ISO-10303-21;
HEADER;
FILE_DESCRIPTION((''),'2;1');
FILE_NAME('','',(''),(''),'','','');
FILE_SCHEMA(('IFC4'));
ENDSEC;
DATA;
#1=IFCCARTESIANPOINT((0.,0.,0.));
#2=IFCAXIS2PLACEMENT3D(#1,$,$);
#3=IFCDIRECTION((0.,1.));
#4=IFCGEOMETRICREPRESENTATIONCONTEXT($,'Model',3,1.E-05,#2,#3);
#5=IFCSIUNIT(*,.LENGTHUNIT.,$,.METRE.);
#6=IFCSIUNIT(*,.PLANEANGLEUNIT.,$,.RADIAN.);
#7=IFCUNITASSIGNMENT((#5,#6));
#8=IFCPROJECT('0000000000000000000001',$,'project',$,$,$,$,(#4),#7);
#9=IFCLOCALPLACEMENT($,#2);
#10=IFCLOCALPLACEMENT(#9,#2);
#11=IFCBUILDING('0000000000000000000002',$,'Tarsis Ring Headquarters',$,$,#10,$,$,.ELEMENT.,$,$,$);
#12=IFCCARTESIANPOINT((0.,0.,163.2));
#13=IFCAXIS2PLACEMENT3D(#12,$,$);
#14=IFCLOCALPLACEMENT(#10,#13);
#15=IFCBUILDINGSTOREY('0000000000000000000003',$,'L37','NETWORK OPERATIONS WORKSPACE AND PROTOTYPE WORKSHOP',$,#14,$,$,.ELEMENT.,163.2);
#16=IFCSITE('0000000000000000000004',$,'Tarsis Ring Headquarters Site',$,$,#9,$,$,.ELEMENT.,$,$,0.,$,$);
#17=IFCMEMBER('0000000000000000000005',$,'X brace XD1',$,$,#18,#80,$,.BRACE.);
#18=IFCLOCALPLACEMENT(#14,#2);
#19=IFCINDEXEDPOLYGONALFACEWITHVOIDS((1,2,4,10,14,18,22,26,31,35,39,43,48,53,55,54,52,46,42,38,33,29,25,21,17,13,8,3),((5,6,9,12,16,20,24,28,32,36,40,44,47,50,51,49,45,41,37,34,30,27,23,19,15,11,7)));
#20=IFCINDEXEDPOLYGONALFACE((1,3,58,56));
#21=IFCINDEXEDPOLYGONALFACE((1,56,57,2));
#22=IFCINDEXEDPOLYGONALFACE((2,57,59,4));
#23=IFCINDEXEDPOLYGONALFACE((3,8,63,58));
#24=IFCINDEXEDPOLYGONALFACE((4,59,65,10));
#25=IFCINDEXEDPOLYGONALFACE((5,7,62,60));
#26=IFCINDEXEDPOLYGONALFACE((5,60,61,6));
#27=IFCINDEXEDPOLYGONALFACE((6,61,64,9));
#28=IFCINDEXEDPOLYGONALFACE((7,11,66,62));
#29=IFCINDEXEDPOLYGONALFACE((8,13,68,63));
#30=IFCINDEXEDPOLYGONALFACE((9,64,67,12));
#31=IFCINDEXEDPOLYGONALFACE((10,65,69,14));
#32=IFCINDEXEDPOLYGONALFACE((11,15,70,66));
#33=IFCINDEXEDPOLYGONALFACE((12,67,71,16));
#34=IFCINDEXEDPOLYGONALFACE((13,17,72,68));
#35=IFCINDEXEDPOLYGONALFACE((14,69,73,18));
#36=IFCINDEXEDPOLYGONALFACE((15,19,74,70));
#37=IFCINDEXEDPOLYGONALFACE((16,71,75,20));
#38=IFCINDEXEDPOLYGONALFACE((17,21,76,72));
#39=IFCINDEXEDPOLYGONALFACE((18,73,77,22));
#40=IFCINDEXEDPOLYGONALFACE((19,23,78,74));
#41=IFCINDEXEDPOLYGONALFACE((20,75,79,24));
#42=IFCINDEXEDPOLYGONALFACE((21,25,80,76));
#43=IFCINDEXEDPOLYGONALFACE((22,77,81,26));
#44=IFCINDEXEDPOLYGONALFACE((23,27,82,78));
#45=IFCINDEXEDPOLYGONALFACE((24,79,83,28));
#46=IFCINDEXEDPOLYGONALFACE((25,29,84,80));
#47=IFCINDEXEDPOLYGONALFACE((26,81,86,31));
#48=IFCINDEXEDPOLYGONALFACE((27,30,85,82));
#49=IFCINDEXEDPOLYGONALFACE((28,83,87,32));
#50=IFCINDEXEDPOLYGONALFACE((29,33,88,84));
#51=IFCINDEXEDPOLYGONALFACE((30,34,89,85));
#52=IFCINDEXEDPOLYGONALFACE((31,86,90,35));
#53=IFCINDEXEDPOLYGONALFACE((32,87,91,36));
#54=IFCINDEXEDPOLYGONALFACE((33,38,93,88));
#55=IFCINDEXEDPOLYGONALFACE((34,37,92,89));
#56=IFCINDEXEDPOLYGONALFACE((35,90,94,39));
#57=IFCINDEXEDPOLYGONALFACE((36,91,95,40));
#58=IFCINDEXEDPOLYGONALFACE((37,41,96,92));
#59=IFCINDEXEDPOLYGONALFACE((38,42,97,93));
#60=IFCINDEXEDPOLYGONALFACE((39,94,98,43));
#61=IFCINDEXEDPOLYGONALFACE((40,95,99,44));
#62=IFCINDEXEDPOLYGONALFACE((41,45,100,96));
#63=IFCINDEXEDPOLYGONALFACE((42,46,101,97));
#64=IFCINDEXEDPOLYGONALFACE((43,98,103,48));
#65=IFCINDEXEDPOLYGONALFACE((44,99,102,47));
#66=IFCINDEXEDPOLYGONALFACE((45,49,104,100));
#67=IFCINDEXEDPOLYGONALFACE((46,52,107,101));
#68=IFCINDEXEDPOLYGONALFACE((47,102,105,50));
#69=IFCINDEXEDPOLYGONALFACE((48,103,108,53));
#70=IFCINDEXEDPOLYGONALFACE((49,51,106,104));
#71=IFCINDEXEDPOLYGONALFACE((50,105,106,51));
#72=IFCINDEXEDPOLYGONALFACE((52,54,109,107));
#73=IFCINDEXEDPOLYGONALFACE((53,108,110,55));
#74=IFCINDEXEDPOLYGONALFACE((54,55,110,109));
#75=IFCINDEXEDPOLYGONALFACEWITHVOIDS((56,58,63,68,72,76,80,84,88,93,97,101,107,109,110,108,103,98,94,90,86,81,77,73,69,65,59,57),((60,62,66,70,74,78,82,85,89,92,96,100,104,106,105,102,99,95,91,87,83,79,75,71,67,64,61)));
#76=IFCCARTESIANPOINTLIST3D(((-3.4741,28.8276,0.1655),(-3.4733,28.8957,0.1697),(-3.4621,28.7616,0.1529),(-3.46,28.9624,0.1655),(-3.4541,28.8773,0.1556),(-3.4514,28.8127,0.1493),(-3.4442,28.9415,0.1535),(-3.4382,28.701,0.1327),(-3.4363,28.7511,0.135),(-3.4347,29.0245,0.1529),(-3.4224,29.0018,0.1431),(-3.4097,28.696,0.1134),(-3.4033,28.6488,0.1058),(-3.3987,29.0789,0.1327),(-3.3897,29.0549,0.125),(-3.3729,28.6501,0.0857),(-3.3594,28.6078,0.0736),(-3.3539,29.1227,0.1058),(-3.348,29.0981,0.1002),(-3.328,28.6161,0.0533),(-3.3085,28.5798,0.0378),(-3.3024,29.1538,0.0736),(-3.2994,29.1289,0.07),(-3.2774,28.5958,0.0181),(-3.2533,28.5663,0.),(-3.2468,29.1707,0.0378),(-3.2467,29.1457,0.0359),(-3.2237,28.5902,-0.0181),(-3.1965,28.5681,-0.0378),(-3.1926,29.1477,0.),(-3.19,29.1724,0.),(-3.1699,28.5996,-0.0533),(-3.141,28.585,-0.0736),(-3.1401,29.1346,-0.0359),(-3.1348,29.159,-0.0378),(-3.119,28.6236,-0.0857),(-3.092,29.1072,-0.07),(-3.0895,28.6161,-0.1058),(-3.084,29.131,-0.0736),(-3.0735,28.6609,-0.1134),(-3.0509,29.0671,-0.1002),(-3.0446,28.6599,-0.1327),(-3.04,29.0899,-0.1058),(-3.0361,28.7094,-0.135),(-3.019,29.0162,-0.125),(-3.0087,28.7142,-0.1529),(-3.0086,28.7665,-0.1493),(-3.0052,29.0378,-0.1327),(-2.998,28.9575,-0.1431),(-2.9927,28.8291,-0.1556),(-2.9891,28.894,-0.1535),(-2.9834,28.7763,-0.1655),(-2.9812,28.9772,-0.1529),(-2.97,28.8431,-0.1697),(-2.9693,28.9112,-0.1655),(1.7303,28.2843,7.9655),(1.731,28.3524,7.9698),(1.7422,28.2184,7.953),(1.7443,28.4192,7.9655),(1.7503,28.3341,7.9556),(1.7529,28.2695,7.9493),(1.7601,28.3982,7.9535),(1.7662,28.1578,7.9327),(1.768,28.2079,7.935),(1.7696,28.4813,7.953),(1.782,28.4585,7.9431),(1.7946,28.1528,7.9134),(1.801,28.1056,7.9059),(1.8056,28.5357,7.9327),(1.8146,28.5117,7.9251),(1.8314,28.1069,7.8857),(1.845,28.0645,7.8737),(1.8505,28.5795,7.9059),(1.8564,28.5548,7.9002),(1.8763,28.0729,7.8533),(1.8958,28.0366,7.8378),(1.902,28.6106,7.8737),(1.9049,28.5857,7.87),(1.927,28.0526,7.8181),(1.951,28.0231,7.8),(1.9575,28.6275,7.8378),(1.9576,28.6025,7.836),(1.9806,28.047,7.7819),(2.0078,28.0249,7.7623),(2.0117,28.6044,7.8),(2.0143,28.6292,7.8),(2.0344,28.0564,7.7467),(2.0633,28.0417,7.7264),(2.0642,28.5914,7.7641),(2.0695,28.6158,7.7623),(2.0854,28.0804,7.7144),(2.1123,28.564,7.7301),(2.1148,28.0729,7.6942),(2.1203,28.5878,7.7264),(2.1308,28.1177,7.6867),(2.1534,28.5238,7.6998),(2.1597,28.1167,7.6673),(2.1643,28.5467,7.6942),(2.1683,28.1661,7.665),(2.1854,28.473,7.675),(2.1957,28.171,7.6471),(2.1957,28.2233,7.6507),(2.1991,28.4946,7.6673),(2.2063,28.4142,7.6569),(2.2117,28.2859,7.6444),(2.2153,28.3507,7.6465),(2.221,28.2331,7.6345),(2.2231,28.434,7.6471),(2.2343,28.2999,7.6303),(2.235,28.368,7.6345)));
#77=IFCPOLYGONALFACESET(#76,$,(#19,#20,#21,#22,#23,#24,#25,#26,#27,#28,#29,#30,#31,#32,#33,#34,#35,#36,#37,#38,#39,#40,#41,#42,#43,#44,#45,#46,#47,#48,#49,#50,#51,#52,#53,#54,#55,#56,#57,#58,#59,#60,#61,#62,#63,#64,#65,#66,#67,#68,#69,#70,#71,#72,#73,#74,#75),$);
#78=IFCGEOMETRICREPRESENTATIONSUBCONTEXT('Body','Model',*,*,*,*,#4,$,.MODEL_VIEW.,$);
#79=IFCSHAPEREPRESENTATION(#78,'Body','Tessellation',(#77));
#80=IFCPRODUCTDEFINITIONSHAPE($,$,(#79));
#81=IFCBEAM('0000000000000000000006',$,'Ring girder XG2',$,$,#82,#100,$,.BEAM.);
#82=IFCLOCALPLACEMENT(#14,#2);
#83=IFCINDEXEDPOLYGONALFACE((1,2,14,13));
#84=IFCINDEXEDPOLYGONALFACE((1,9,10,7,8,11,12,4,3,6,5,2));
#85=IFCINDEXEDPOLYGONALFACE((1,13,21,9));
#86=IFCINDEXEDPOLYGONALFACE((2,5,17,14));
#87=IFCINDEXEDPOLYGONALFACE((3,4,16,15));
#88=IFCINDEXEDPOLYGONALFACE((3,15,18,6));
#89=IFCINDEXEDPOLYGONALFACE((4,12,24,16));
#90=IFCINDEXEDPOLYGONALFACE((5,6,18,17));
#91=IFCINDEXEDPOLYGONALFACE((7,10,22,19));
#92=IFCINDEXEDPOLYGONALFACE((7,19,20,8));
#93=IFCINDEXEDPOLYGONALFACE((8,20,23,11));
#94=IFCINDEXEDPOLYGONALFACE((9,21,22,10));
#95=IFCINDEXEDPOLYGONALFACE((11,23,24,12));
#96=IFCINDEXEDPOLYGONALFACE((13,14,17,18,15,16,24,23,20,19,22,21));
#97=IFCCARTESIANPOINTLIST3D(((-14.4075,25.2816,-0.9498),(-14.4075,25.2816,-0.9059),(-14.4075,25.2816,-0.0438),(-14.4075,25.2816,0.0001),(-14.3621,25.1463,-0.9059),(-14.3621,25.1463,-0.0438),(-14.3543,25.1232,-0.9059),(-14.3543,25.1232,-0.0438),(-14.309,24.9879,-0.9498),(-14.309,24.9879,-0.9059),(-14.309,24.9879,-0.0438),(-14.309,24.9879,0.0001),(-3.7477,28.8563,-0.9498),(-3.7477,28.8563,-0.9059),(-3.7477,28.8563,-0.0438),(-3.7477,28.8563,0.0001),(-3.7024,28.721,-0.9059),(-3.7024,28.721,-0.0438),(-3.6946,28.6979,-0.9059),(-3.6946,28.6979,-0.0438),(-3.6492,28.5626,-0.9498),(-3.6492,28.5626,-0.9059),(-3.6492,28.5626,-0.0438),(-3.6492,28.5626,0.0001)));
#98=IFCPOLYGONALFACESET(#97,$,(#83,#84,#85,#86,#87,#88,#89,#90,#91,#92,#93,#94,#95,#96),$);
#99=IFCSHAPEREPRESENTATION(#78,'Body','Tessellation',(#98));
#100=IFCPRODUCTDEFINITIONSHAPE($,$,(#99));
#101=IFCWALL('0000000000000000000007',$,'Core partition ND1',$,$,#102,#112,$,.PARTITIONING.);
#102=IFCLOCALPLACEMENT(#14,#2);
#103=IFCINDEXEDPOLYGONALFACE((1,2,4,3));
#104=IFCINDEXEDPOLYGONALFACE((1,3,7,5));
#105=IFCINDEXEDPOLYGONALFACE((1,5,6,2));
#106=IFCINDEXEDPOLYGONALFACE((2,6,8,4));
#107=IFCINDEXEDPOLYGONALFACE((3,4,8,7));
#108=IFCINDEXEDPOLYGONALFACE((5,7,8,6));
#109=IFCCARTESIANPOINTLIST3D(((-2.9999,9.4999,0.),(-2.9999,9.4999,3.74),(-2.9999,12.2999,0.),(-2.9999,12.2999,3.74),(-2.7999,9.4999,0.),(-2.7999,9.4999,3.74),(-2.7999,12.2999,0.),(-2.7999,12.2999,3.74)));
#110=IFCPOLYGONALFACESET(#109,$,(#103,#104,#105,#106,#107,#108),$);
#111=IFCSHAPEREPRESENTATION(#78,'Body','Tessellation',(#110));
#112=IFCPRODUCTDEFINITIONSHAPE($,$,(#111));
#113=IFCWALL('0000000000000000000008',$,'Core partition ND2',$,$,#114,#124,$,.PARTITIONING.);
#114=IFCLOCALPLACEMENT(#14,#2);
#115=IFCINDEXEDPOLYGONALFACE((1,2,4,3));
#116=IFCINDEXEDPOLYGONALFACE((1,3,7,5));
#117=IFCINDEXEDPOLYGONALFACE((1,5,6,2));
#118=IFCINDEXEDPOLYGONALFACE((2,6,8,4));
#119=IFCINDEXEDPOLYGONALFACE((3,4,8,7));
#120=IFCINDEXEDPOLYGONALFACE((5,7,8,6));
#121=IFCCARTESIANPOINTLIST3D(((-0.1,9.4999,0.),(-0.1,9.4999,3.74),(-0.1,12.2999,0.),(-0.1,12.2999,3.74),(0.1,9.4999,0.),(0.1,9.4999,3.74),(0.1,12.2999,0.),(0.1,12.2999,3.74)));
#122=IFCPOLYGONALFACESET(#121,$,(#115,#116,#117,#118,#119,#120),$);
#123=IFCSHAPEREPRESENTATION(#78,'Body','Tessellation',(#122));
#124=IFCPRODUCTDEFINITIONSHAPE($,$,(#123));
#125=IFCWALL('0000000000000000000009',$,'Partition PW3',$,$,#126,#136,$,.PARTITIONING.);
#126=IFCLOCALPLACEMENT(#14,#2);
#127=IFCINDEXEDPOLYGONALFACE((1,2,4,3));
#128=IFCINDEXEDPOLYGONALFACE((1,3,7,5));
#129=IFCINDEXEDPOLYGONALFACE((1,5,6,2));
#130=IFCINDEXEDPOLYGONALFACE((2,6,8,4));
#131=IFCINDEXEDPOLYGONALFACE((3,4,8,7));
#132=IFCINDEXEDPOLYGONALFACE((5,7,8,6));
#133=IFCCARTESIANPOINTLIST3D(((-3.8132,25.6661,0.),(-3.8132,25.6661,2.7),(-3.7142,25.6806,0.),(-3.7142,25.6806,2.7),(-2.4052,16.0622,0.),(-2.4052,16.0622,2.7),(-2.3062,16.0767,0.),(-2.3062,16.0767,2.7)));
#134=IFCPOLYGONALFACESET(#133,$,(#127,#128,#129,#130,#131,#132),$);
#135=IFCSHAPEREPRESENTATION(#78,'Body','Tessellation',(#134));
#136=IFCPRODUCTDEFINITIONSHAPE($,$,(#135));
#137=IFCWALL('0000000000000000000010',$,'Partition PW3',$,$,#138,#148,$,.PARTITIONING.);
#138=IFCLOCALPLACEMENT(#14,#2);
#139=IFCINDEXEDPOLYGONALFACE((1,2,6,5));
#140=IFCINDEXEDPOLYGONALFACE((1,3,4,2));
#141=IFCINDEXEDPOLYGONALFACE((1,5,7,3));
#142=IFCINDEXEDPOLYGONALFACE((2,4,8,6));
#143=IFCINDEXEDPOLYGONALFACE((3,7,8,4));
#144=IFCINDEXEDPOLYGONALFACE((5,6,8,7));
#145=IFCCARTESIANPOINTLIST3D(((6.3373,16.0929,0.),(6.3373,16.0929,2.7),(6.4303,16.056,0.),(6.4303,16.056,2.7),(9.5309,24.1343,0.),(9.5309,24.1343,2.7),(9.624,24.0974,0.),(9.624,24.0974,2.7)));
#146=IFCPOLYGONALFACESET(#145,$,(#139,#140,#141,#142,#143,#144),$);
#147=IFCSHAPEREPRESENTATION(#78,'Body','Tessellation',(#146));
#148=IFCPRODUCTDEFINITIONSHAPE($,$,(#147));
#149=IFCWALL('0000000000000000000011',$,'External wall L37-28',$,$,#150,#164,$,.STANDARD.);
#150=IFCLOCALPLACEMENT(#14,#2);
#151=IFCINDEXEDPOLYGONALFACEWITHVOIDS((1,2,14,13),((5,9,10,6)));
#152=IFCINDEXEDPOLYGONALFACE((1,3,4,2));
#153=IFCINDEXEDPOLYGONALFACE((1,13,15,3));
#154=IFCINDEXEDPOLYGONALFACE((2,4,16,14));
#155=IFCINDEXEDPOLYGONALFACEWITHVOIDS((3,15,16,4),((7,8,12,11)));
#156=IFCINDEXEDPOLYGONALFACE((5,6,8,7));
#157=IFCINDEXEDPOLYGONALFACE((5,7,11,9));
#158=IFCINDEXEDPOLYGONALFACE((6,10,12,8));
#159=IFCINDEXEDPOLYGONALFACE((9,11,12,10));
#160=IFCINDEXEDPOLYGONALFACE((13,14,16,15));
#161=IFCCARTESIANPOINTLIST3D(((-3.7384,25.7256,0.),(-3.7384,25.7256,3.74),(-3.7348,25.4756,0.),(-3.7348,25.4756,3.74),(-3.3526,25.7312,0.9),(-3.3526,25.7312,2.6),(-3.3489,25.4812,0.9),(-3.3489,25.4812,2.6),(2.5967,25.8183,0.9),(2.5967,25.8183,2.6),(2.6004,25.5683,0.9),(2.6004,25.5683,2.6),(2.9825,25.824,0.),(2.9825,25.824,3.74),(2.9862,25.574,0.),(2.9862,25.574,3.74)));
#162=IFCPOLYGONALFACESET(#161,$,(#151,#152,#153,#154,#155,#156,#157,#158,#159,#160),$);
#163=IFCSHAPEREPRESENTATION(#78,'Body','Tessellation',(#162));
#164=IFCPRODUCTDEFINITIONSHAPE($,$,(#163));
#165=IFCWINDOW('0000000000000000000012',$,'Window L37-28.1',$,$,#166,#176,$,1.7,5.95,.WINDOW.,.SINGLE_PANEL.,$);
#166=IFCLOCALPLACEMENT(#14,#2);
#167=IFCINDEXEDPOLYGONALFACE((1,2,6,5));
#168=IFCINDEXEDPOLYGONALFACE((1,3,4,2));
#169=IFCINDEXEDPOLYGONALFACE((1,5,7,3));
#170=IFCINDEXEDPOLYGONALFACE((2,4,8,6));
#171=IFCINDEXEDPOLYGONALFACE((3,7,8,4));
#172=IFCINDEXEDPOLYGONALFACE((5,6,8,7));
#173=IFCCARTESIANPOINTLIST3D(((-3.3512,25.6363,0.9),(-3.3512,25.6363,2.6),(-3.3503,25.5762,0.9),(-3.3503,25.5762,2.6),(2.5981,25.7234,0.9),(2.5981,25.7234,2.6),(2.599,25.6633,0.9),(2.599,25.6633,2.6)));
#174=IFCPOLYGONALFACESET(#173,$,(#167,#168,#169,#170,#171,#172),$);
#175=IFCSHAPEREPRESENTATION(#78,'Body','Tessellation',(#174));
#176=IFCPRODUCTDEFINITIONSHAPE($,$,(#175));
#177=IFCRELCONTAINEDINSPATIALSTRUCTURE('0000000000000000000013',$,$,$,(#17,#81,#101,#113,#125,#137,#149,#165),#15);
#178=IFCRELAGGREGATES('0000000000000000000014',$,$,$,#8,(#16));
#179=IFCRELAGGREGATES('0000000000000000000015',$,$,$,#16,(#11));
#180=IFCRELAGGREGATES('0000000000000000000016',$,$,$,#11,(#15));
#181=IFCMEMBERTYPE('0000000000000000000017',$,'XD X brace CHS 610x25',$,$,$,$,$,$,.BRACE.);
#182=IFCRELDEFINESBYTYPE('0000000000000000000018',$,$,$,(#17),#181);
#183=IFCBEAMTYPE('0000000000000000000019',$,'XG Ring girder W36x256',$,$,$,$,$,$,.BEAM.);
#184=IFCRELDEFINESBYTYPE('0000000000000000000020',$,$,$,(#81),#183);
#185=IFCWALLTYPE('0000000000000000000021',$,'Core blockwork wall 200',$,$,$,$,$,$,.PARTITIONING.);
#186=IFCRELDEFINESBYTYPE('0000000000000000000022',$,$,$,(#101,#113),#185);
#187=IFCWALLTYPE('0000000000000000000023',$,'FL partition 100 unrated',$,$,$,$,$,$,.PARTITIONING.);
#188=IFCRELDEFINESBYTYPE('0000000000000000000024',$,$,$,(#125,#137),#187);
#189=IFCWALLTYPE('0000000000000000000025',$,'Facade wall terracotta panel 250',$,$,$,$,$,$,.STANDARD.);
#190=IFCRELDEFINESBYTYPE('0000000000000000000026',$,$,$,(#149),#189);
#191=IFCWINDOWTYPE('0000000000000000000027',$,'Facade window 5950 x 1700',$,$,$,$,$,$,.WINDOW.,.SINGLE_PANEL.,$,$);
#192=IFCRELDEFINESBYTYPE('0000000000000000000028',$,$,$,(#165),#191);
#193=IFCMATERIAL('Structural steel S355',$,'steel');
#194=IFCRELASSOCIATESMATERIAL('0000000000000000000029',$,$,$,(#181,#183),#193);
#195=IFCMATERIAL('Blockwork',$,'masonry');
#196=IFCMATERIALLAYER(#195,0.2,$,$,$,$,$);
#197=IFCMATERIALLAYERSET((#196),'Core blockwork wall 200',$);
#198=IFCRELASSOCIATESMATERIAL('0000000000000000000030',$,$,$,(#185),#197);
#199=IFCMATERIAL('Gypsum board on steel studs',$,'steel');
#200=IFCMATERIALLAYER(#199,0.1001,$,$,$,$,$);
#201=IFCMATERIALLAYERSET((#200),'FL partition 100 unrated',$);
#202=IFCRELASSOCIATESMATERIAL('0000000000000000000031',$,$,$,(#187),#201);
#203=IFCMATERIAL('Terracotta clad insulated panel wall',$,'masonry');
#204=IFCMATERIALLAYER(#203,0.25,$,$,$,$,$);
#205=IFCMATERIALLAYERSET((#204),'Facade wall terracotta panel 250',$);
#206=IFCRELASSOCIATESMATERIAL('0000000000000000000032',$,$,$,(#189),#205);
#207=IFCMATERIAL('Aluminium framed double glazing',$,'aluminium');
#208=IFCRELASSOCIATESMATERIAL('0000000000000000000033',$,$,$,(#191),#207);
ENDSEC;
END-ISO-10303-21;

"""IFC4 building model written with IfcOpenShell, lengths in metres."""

from ifc_helpers import new_model, si_unit, direction, frame, frame_2d, origin, origin_2d, place, context, subcontext, project, spatial, rectangle, hollow_circle, i_section, extrude, material, layer, layer_set, material_profile, profile_set, type_object, element, fill, save


model = new_model("IFC4")

# Units and contexts
model_context = context("Model", 3, precision=1e-05, world=origin(), true_north=direction((0.0, 1.0)))
body_context = subcontext(model_context, "Body", "Model", "MODEL_VIEW")
ifc_project = project(units=[si_unit("LENGTHUNIT", "METRE"), si_unit("PLANEANGLEUNIT", "RADIAN")], contexts=[model_context])

# Site, building, storey
site_placement = place(None, origin())
site = spatial("IfcSite", under=ifc_project, at=site_placement, Name="Tarsis Ring Headquarters Site", CompositionType="ELEMENT", RefElevation=0.0)
building_placement = place(site_placement, origin())
building = spatial("IfcBuilding", under=site, at=building_placement, Name="Tarsis Ring Headquarters", CompositionType="ELEMENT")
storey_placement = place(building_placement, frame((0.0, 0.0, 163.2)))
storey = spatial("IfcBuildingStorey", under=building, at=storey_placement, Name="L37", Description="NETWORK OPERATIONS WORKSPACE AND PROTOTYPE WORKSHOP", CompositionType="ELEMENT", Elevation=163.2)

# Shared definitions
ifc_material_1 = material(Name="Structural steel S355", Category="steel")

# Member
ifc_material_profile_1 = material_profile(ifc_material_1, hollow_circle(Radius=0.3047, WallThickness=0.0249, at=origin_2d()), Name="CHS 610x25")
ifc_profile_set_1 = profile_set([ifc_material_profile_1], Name="Structural steel S355")
member_type = type_object("IfcMemberType", Name="XD X brace CHS 610x25", PredefinedType="BRACE", material=ifc_profile_set_1)
member_placement = place(storey_placement, frame((-3.2217, 28.8694, 0.0), z_axis=(0.55409, -0.057834, 0.830446), x_axis=(0.103813, 0.994597, 0.0)))
element("IfcMember", 1, at=member_placement, inside=storey, type_object=member_type, Name="X brace XD1", PredefinedType="BRACE", context=body_context, shape_type="SweptSolid", body=[
    extrude(hollow_circle(Radius=0.3047, WallThickness=0.0249, at=origin_2d()), origin(), (0.0, 0.0, 1.0), 9.3926),
])

# Beam
ifc_material_profile_2 = material_profile(ifc_material_1, i_section(OverallWidth=0.3098, OverallDepth=0.95, WebThickness=0.0244, FlangeThickness=0.0439, at=origin_2d()), Name="W36x256")
ifc_profile_set_2 = profile_set([ifc_material_profile_2], Name="Structural steel S355")
beam_type_1 = type_object("IfcBeamType", Name="XG Ring girder W36x256", PredefinedType="BEAM", material=ifc_profile_set_2)
beam_1_placement = place(storey_placement, frame((-3.6985, 28.7095, -0.4749), z_axis=(-0.948108, -0.317947, 0.0), x_axis=(0.317947, -0.948108, 0.0)))
element("IfcBeam", 2, at=beam_1_placement, inside=storey, type_object=beam_type_1, Name="Ring girder XG2", PredefinedType="BEAM", context=body_context, shape_type="SweptSolid", body=[
    extrude(i_section(OverallWidth=0.3098, OverallDepth=0.95, WebThickness=0.0244, FlangeThickness=0.0439, at=origin_2d()), origin(), (0.0, 0.0, 1.0), 11.2432),
])

# Walls
ifc_material_2 = material(Name="Blockwork", Category="masonry")
ifc_layer_1 = layer(ifc_material_2, 0.2)
ifc_layer_set_1 = layer_set([ifc_layer_1], Name="Core blockwork wall 200")
wall_type_1 = type_object("IfcWallType", Name="Core blockwork wall 200", PredefinedType="PARTITIONING", material=ifc_layer_set_1)
for number, where, z_axis, x_axis, name in (
    (3, (-2.8999, 9.5, 0.0), (0.0, 0.0, 1.0), (0.0, 1.0, 0.0), "Core partition ND1"),
    (4, (0.0, 9.5, 0.0), (0.0, 0.0, 1.0), (0.0, 1.0, 0.0), "Core partition ND2"),
):
    element("IfcWall", number, at=place(storey_placement, frame(where, z_axis=z_axis, x_axis=x_axis)), inside=storey, type_object=wall_type_1, Name=name, PredefinedType="PARTITIONING", context=body_context, shape_type="SweptSolid", body=[
        extrude(rectangle(XDim=2.8, YDim=0.2, at=frame_2d((1.3999, 0.0))), origin(), (0.0, 0.0, 1.0), 3.74),
    ])
ifc_material_3 = material(Name="Gypsum board on steel studs", Category="steel")
ifc_layer_2 = layer(ifc_material_3, 0.1001)
ifc_layer_set_2 = layer_set([ifc_layer_2], Name="FL partition 100 unrated")
wall_type_2 = type_object("IfcWallType", Name="FL partition 100 unrated", PredefinedType="PARTITIONING", material=ifc_layer_set_2)
wall_1_placement = place(storey_placement, frame((-3.7637, 25.6733, 0.0), z_axis=(0.0, 0.0, 1.0), x_axis=(0.145051, -0.989424, 0.0)))
element("IfcWall", 5, at=wall_1_placement, inside=storey, type_object=wall_type_2, Name="Partition PW3", PredefinedType="PARTITIONING", context=body_context, shape_type="SweptSolid", body=[
    extrude(rectangle(XDim=9.7065, YDim=0.1001, at=frame_2d((4.8533, 0.0))), origin(), (0.0, 0.0, 1.0), 2.7),
])
wall_2_placement = place(storey_placement, frame((6.3838, 16.0745, 0.0), z_axis=(0.0, 0.0, 1.0), x_axis=(0.369108, 0.929387, 0.0)))
element("IfcWall", 6, at=wall_2_placement, inside=storey, type_object=wall_type_2, Name="Partition PW3", PredefinedType="PARTITIONING", context=body_context, shape_type="SweptSolid", body=[
    extrude(rectangle(XDim=8.6523, YDim=0.1001, at=frame_2d((4.3262, 0.0))), origin(), (0.0, 0.0, 1.0), 2.7),
])

# Wall, opening, window
ifc_material_4 = material(Name="Terracotta clad insulated panel wall", Category="masonry")
ifc_layer_3 = layer(ifc_material_4, 0.25)
ifc_layer_set_3 = layer_set([ifc_layer_3], Name="Facade wall terracotta panel 250")
wall_type_3 = type_object("IfcWallType", Name="Facade wall terracotta panel 250", PredefinedType="STANDARD", material=ifc_layer_set_3)
wall_3_placement = place(storey_placement, frame((2.9844, 25.699, 0.0), z_axis=(0.0, 0.0, 1.0), x_axis=(-0.999893, -0.014638, 0.0)))
wall_3 = element("IfcWall", 7, at=wall_3_placement, inside=storey, type_object=wall_type_3, Name="External wall L37-28", PredefinedType="STANDARD", context=body_context, shape_type="SweptSolid", body=[
    extrude(rectangle(XDim=6.7217, YDim=0.25, at=frame_2d((3.3608, 0.0))), origin(), (0.0, 0.0, 1.0), 3.74),
])
opening_1_placement = place(wall_3_placement, frame((0.3857, 0.0, 0.8999)))
opening_1 = element("IfcOpeningElement", 8, at=opening_1_placement, cuts=wall_3, PredefinedType="OPENING", context=body_context, shape_type="SweptSolid", body=[
    extrude(rectangle(XDim=5.95, YDim=1.7, at=frame_2d((2.9751, 0.8501))), frame((0.0, 0.135, 0.0), z_axis=(0.0, -1.0, 0.0), x_axis=(1.0, 0.0, 0.0)), (0.0, 0.0, 1.0), 0.27),
])
ifc_material_5 = material(Name="Aluminium framed double glazing", Category="aluminium")
window_type = type_object("IfcWindowType", Name="Facade window 5950 x 1700", PartitioningType="SINGLE_PANEL", PredefinedType="WINDOW", material=ifc_material_5)
window_1_placement = place(opening_1_placement, origin())
window_1 = element("IfcWindow", 9, at=window_1_placement, inside=storey, type_object=window_type, Name="Window L37-28.1", OverallHeight=1.7, OverallWidth=5.95, PartitioningType="SINGLE_PANEL", PredefinedType="WINDOW", context=body_context, shape_type="SweptSolid", body=[
    extrude(rectangle(XDim=5.95, YDim=1.7, at=frame_2d((2.9751, 0.8501))), frame((0.0, 0.03, 0.0), z_axis=(0.0, -1.0, 0.0), x_axis=(1.0, 0.0, 0.0)), (0.0, 0.0, 1.0), 0.0601),
])
fill(opening_1, window_1)

save(model, "model.ifc")
